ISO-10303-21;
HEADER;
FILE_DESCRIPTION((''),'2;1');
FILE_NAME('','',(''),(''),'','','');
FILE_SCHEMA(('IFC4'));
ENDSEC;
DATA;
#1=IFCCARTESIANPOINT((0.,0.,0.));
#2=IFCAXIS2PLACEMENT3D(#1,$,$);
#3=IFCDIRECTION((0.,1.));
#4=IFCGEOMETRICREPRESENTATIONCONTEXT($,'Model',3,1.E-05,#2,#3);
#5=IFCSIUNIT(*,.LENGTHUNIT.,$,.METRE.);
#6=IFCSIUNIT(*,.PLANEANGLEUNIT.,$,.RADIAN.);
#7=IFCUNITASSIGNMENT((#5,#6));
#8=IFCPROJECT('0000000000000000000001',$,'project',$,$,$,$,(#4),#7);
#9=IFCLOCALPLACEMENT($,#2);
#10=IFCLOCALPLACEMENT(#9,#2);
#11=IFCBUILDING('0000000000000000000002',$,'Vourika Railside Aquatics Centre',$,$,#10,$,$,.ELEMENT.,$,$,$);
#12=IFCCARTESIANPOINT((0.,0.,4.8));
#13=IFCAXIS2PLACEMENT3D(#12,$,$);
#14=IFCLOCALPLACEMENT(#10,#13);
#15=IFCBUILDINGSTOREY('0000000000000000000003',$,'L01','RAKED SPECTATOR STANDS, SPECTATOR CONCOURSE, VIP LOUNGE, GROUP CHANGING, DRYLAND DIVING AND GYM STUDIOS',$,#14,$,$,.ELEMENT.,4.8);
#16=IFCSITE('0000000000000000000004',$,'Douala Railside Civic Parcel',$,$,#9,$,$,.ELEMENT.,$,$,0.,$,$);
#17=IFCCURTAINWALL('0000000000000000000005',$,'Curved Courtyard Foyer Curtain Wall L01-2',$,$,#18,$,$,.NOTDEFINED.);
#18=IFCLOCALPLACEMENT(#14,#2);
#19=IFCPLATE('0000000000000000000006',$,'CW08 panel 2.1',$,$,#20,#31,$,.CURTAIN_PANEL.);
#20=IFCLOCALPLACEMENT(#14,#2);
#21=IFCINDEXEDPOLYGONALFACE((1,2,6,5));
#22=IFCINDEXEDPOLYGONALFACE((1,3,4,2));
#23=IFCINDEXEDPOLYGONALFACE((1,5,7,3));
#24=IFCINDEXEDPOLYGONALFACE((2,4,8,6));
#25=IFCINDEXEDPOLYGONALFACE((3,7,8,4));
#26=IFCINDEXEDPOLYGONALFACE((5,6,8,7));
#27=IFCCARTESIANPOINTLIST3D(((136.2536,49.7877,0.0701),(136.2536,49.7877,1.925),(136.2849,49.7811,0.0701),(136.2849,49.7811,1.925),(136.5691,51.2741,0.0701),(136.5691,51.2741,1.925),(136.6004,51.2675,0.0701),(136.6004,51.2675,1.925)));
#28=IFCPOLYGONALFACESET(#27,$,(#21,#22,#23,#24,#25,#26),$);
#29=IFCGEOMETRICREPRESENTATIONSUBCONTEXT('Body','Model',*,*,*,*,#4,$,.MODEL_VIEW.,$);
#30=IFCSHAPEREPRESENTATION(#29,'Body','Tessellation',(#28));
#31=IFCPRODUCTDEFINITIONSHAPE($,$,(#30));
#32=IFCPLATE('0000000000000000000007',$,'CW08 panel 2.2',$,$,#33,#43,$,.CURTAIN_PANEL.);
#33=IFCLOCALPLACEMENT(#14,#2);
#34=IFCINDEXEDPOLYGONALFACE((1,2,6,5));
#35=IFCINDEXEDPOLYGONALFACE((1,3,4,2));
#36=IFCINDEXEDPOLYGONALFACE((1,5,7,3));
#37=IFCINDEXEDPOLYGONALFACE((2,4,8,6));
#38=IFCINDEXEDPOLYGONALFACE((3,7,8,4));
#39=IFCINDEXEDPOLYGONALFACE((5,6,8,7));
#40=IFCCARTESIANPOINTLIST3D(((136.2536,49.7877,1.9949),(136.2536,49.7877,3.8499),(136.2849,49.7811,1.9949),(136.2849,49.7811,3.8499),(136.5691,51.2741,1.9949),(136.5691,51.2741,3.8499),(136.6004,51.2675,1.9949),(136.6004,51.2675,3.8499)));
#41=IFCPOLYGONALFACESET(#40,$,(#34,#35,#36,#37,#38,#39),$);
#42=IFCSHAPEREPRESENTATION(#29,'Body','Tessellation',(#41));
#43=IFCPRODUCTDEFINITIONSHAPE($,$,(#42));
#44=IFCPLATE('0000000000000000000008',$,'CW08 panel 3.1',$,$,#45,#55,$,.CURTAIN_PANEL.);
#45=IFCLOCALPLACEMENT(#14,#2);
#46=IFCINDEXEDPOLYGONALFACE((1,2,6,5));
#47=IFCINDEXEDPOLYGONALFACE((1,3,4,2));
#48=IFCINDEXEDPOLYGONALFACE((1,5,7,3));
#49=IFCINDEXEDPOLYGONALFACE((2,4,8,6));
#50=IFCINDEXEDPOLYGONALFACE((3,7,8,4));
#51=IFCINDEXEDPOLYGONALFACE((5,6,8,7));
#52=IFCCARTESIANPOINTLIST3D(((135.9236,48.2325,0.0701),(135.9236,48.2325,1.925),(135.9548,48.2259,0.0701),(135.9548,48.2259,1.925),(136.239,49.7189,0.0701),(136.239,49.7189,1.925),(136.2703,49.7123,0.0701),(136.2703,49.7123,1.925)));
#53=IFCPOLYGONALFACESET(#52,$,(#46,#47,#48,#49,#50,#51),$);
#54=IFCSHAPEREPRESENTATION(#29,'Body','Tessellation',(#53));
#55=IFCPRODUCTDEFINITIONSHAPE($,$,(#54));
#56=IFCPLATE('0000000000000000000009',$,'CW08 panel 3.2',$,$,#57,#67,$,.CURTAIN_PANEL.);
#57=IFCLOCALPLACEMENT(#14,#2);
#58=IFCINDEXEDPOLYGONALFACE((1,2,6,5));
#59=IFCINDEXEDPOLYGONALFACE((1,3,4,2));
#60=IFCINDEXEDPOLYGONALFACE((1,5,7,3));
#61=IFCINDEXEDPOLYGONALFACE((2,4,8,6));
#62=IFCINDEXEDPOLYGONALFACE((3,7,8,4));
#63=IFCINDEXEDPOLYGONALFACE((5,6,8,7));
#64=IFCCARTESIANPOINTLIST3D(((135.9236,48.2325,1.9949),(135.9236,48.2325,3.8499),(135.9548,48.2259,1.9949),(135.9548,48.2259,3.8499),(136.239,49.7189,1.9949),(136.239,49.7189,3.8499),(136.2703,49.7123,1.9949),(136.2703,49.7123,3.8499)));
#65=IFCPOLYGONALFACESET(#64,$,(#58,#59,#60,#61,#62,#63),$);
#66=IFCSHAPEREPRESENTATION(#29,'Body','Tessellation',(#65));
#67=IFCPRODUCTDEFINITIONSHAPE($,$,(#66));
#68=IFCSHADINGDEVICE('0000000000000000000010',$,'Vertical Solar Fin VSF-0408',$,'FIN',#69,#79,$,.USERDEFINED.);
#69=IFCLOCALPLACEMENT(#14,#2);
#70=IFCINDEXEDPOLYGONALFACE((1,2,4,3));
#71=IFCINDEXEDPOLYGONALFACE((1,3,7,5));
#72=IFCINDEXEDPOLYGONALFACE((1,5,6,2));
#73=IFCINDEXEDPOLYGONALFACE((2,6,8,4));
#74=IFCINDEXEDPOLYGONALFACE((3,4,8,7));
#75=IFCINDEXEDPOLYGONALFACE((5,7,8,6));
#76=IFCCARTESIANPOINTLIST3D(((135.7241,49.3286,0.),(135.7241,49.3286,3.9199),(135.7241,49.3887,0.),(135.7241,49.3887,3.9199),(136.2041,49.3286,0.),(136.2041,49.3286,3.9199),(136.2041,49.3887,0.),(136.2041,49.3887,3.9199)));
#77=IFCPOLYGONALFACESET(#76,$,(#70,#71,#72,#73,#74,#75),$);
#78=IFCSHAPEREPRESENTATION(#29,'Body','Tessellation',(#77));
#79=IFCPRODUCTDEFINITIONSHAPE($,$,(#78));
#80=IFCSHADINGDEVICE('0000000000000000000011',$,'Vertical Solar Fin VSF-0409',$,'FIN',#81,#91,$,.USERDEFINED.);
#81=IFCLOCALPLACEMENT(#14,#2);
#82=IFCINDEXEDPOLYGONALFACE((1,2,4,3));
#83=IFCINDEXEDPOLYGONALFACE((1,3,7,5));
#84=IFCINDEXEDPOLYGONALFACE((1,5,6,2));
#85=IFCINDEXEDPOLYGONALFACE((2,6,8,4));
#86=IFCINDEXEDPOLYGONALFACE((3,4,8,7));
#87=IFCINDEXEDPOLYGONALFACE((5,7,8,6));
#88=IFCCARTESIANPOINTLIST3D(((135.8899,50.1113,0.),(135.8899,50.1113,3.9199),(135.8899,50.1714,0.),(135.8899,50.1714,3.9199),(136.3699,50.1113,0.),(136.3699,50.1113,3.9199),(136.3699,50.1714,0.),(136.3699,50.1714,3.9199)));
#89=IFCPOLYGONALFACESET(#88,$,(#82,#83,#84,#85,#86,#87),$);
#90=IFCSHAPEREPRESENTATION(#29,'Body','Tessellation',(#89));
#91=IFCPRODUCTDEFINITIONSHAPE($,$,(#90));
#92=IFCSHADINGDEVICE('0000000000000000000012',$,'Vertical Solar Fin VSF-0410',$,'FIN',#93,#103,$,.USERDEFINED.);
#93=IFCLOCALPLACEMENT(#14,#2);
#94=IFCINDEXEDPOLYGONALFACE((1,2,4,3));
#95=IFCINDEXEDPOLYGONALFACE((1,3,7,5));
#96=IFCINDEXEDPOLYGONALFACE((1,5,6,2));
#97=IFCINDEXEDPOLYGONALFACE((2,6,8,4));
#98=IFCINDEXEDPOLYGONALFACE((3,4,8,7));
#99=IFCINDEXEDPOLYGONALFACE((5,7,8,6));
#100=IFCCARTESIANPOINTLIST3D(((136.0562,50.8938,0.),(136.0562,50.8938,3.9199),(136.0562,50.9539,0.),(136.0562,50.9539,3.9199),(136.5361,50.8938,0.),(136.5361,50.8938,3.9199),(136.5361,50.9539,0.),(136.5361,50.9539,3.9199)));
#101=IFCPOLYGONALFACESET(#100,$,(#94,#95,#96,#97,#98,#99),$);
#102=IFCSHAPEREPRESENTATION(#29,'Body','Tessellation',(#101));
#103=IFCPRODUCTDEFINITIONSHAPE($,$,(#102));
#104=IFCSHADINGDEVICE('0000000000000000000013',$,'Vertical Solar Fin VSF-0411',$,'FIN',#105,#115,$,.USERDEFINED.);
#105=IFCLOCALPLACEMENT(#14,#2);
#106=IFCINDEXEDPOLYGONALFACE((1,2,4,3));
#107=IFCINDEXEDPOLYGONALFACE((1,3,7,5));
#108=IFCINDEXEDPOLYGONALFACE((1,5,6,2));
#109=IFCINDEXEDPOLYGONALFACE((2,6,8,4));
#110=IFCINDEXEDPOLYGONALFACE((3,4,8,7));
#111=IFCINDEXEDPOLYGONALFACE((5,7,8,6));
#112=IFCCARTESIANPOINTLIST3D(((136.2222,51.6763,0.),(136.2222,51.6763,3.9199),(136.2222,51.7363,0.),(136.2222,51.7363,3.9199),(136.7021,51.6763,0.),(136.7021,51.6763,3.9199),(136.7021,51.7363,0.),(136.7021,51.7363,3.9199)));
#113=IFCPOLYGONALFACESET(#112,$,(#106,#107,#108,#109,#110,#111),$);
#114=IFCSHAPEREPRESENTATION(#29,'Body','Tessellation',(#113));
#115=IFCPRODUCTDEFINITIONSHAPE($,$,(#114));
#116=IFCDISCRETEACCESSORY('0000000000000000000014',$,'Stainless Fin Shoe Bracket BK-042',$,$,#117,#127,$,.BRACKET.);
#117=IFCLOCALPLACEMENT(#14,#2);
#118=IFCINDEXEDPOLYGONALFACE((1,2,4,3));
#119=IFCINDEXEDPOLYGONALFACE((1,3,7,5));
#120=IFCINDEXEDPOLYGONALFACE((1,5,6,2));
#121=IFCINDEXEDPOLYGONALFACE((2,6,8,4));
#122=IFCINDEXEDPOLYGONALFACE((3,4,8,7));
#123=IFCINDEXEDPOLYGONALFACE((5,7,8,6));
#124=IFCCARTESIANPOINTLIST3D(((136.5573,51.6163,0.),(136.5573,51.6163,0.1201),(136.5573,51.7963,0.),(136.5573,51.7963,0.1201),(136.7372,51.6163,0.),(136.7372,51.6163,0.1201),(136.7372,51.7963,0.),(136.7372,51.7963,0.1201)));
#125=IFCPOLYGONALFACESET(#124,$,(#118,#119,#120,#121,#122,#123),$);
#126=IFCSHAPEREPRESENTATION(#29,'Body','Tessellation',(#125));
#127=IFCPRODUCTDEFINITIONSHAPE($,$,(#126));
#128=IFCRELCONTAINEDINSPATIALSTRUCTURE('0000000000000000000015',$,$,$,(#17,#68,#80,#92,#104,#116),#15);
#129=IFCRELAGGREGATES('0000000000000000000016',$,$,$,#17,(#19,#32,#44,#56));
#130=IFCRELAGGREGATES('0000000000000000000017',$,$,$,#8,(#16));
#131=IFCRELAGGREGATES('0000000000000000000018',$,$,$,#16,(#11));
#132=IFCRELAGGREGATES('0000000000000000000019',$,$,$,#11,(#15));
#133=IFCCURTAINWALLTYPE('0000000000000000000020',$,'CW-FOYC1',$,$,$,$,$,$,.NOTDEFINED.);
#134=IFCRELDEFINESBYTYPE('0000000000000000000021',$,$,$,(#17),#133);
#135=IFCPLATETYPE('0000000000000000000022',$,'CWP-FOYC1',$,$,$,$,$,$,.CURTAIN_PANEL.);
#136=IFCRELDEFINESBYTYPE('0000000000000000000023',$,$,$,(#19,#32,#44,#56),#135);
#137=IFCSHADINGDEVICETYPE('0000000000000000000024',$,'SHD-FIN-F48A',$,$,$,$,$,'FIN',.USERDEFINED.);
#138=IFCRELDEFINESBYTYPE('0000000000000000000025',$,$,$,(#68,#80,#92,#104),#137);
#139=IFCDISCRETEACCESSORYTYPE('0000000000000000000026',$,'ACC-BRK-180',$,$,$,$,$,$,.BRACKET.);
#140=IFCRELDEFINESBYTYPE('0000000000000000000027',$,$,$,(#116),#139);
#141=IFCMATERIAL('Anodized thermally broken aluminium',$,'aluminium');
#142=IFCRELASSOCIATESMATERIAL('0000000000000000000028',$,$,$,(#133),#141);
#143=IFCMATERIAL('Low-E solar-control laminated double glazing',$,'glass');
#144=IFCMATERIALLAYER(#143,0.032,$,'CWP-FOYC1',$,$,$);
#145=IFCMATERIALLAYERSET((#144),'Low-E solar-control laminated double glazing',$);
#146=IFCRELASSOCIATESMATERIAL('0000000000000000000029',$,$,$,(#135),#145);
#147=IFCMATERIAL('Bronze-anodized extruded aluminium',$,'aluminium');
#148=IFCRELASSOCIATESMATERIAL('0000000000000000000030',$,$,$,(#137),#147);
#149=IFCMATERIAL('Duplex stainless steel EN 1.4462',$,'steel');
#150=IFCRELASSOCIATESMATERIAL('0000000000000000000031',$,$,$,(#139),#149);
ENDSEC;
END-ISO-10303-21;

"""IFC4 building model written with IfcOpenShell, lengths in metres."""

from ifc_helpers import new_model, si_unit, direction, frame, origin, origin_2d, place, context, subcontext, project, spatial, rectangle, extrude, material, layer, layer_set, material_profile, profile_set, type_object, element, aggregate, save


model = new_model("IFC4")

# Units and contexts
model_context = context("Model", 3, precision=1e-05, world=origin(), true_north=direction((0.0, 1.0)))
body_context = subcontext(model_context, "Body", "Model", "MODEL_VIEW")
ifc_project = project(units=[si_unit("LENGTHUNIT", "METRE"), si_unit("PLANEANGLEUNIT", "RADIAN")], contexts=[model_context])

# Site, building, storey
site_placement = place(None, origin())
site = spatial("IfcSite", under=ifc_project, at=site_placement, Name="Douala Railside Civic Parcel", CompositionType="ELEMENT", RefElevation=0.0)
building_placement = place(site_placement, origin())
building = spatial("IfcBuilding", under=site, at=building_placement, Name="Vourika Railside Aquatics Centre", CompositionType="ELEMENT")
storey_placement = place(building_placement, frame((0.0, 0.0, 4.8)))
storey = spatial("IfcBuildingStorey", under=building, at=storey_placement, Name="L01", Description="RAKED SPECTATOR STANDS, SPECTATOR CONCOURSE, VIP LOUNGE, GROUP CHANGING, DRYLAND DIVING AND GYM STUDIOS", CompositionType="ELEMENT", Elevation=4.8)

# Curtain wall, plates
ifc_material_1 = material(Name="Anodized thermally broken aluminium", Category="aluminium")
curtain_wall_type = type_object("IfcCurtainWallType", Name="CW-FOYC1", PredefinedType="NOTDEFINED", material=ifc_material_1)
curtain_wall_placement = place(storey_placement, origin())
curtain_wall = element("IfcCurtainWall", 1, at=curtain_wall_placement, inside=storey, type_object=curtain_wall_type, Name="Curved Courtyard Foyer Curtain Wall L01-2", PredefinedType="NOTDEFINED")
ifc_material_2 = material(Name="Low-E solar-control laminated double glazing", Category="glass")
ifc_layer = layer(ifc_material_2, 0.032, Name="CWP-FOYC1")
ifc_layer_set = layer_set([ifc_layer], Name="Low-E solar-control laminated double glazing")
plate_type = type_object("IfcPlateType", Name="CWP-FOYC1", PredefinedType="CURTAIN_PANEL", material=ifc_layer_set)
plate_1_placement = place(storey_placement, frame((136.427, 50.5276, 0.0701), z_axis=(0.0, 0.0, 1.0), x_axis=(-0.207595, -0.978215, 0.0)))
plate_1 = element("IfcPlate", 2, at=plate_1_placement, type_object=plate_type, Name="CW08 panel 2.1", PredefinedType="CURTAIN_PANEL", context=body_context, shape_type="SweptSolid", body=[
    extrude(rectangle(XDim=1.5195, YDim=0.032, at=origin_2d()), origin(), (0.0, 0.0, 1.0), 1.855),
])
plate_2_placement = place(storey_placement, frame((136.427, 50.5276, 1.9949), z_axis=(0.0, 0.0, 1.0), x_axis=(-0.207595, -0.978215, 0.0)))
plate_2 = element("IfcPlate", 3, at=plate_2_placement, type_object=plate_type, Name="CW08 panel 2.2", PredefinedType="CURTAIN_PANEL", context=body_context, shape_type="SweptSolid", body=[
    extrude(rectangle(XDim=1.5195, YDim=0.032, at=origin_2d()), origin(), (0.0, 0.0, 1.0), 1.855),
])
plate_3_placement = place(storey_placement, frame((136.0969, 48.9724, 0.0701), z_axis=(0.0, 0.0, 1.0), x_axis=(-0.207595, -0.978215, 0.0)))
plate_3 = element("IfcPlate", 4, at=plate_3_placement, type_object=plate_type, Name="CW08 panel 3.1", PredefinedType="CURTAIN_PANEL", context=body_context, shape_type="SweptSolid", body=[
    extrude(rectangle(XDim=1.5195, YDim=0.032, at=origin_2d()), origin(), (0.0, 0.0, 1.0), 1.855),
])
plate_4_placement = place(storey_placement, frame((136.0969, 48.9724, 1.9949), z_axis=(0.0, 0.0, 1.0), x_axis=(-0.207595, -0.978215, 0.0)))
plate_4 = element("IfcPlate", 5, at=plate_4_placement, type_object=plate_type, Name="CW08 panel 3.2", PredefinedType="CURTAIN_PANEL", context=body_context, shape_type="SweptSolid", body=[
    extrude(rectangle(XDim=1.5195, YDim=0.032, at=origin_2d()), origin(), (0.0, 0.0, 1.0), 1.855),
])
aggregate(curtain_wall, [plate_1, plate_2, plate_3, plate_4])

# Shading devices
ifc_material_3 = material(Name="Bronze-anodized extruded aluminium", Category="aluminium")
ifc_material_profile_1 = material_profile(ifc_material_3, rectangle(XDim=0.0601, YDim=0.48, at=origin_2d()), Name="ALU-FIN 60x480")
ifc_profile_set_1 = profile_set([ifc_material_profile_1], Name="Bronze-anodized extruded aluminium")
shading_device_type = type_object("IfcShadingDeviceType", Name="SHD-FIN-F48A", ElementType="FIN", PredefinedType="USERDEFINED", material=ifc_profile_set_1)
for number, where, z_axis, x_axis, name in (
    (6, (135.9641, 49.3586, 0.0), (0.0, 0.0, 1.0), (0.0, 1.0, 0.0), "Vertical Solar Fin VSF-0408"),
    (7, (136.1299, 50.1414, 0.0), (0.0, 0.0, 1.0), (0.0, 1.0, 0.0), "Vertical Solar Fin VSF-0409"),
    (8, (136.2961, 50.9238, 0.0), (0.0, 0.0, 1.0), (0.0, 1.0, 0.0), "Vertical Solar Fin VSF-0410"),
    (9, (136.4622, 51.7063, 0.0), (0.0, 0.0, 1.0), (0.0, 1.0, 0.0), "Vertical Solar Fin VSF-0411"),
):
    element("IfcShadingDevice", number, at=place(storey_placement, frame(where, z_axis=z_axis, x_axis=x_axis)), inside=storey, type_object=shading_device_type, Name=name, ObjectType="FIN", PredefinedType="USERDEFINED", context=body_context, shape_type="SweptSolid", body=[
        extrude(rectangle(XDim=0.0601, YDim=0.48, at=origin_2d()), origin(), (0.0, 0.0, 1.0), 3.9199),
    ])

# Discrete accessory
ifc_material_4 = material(Name="Duplex stainless steel EN 1.4462", Category="steel")
discrete_accessory_type = type_object("IfcDiscreteAccessoryType", Name="ACC-BRK-180", PredefinedType="BRACKET", material=ifc_material_4)
discrete_accessory_placement = place(storey_placement, frame((136.6472, 51.7063, 0.0), z_axis=(0.0, 0.0, 1.0), x_axis=(-1.0, 0.0, 0.0)))
element("IfcDiscreteAccessory", 10, at=discrete_accessory_placement, inside=storey, type_object=discrete_accessory_type, Name="Stainless Fin Shoe Bracket BK-042", PredefinedType="BRACKET", context=body_context, shape_type="SweptSolid", body=[
    extrude(rectangle(XDim=0.1799, YDim=0.1799, at=origin_2d()), origin(), (0.0, 0.0, 1.0), 0.1201),
])

save(model, "model.ifc")
